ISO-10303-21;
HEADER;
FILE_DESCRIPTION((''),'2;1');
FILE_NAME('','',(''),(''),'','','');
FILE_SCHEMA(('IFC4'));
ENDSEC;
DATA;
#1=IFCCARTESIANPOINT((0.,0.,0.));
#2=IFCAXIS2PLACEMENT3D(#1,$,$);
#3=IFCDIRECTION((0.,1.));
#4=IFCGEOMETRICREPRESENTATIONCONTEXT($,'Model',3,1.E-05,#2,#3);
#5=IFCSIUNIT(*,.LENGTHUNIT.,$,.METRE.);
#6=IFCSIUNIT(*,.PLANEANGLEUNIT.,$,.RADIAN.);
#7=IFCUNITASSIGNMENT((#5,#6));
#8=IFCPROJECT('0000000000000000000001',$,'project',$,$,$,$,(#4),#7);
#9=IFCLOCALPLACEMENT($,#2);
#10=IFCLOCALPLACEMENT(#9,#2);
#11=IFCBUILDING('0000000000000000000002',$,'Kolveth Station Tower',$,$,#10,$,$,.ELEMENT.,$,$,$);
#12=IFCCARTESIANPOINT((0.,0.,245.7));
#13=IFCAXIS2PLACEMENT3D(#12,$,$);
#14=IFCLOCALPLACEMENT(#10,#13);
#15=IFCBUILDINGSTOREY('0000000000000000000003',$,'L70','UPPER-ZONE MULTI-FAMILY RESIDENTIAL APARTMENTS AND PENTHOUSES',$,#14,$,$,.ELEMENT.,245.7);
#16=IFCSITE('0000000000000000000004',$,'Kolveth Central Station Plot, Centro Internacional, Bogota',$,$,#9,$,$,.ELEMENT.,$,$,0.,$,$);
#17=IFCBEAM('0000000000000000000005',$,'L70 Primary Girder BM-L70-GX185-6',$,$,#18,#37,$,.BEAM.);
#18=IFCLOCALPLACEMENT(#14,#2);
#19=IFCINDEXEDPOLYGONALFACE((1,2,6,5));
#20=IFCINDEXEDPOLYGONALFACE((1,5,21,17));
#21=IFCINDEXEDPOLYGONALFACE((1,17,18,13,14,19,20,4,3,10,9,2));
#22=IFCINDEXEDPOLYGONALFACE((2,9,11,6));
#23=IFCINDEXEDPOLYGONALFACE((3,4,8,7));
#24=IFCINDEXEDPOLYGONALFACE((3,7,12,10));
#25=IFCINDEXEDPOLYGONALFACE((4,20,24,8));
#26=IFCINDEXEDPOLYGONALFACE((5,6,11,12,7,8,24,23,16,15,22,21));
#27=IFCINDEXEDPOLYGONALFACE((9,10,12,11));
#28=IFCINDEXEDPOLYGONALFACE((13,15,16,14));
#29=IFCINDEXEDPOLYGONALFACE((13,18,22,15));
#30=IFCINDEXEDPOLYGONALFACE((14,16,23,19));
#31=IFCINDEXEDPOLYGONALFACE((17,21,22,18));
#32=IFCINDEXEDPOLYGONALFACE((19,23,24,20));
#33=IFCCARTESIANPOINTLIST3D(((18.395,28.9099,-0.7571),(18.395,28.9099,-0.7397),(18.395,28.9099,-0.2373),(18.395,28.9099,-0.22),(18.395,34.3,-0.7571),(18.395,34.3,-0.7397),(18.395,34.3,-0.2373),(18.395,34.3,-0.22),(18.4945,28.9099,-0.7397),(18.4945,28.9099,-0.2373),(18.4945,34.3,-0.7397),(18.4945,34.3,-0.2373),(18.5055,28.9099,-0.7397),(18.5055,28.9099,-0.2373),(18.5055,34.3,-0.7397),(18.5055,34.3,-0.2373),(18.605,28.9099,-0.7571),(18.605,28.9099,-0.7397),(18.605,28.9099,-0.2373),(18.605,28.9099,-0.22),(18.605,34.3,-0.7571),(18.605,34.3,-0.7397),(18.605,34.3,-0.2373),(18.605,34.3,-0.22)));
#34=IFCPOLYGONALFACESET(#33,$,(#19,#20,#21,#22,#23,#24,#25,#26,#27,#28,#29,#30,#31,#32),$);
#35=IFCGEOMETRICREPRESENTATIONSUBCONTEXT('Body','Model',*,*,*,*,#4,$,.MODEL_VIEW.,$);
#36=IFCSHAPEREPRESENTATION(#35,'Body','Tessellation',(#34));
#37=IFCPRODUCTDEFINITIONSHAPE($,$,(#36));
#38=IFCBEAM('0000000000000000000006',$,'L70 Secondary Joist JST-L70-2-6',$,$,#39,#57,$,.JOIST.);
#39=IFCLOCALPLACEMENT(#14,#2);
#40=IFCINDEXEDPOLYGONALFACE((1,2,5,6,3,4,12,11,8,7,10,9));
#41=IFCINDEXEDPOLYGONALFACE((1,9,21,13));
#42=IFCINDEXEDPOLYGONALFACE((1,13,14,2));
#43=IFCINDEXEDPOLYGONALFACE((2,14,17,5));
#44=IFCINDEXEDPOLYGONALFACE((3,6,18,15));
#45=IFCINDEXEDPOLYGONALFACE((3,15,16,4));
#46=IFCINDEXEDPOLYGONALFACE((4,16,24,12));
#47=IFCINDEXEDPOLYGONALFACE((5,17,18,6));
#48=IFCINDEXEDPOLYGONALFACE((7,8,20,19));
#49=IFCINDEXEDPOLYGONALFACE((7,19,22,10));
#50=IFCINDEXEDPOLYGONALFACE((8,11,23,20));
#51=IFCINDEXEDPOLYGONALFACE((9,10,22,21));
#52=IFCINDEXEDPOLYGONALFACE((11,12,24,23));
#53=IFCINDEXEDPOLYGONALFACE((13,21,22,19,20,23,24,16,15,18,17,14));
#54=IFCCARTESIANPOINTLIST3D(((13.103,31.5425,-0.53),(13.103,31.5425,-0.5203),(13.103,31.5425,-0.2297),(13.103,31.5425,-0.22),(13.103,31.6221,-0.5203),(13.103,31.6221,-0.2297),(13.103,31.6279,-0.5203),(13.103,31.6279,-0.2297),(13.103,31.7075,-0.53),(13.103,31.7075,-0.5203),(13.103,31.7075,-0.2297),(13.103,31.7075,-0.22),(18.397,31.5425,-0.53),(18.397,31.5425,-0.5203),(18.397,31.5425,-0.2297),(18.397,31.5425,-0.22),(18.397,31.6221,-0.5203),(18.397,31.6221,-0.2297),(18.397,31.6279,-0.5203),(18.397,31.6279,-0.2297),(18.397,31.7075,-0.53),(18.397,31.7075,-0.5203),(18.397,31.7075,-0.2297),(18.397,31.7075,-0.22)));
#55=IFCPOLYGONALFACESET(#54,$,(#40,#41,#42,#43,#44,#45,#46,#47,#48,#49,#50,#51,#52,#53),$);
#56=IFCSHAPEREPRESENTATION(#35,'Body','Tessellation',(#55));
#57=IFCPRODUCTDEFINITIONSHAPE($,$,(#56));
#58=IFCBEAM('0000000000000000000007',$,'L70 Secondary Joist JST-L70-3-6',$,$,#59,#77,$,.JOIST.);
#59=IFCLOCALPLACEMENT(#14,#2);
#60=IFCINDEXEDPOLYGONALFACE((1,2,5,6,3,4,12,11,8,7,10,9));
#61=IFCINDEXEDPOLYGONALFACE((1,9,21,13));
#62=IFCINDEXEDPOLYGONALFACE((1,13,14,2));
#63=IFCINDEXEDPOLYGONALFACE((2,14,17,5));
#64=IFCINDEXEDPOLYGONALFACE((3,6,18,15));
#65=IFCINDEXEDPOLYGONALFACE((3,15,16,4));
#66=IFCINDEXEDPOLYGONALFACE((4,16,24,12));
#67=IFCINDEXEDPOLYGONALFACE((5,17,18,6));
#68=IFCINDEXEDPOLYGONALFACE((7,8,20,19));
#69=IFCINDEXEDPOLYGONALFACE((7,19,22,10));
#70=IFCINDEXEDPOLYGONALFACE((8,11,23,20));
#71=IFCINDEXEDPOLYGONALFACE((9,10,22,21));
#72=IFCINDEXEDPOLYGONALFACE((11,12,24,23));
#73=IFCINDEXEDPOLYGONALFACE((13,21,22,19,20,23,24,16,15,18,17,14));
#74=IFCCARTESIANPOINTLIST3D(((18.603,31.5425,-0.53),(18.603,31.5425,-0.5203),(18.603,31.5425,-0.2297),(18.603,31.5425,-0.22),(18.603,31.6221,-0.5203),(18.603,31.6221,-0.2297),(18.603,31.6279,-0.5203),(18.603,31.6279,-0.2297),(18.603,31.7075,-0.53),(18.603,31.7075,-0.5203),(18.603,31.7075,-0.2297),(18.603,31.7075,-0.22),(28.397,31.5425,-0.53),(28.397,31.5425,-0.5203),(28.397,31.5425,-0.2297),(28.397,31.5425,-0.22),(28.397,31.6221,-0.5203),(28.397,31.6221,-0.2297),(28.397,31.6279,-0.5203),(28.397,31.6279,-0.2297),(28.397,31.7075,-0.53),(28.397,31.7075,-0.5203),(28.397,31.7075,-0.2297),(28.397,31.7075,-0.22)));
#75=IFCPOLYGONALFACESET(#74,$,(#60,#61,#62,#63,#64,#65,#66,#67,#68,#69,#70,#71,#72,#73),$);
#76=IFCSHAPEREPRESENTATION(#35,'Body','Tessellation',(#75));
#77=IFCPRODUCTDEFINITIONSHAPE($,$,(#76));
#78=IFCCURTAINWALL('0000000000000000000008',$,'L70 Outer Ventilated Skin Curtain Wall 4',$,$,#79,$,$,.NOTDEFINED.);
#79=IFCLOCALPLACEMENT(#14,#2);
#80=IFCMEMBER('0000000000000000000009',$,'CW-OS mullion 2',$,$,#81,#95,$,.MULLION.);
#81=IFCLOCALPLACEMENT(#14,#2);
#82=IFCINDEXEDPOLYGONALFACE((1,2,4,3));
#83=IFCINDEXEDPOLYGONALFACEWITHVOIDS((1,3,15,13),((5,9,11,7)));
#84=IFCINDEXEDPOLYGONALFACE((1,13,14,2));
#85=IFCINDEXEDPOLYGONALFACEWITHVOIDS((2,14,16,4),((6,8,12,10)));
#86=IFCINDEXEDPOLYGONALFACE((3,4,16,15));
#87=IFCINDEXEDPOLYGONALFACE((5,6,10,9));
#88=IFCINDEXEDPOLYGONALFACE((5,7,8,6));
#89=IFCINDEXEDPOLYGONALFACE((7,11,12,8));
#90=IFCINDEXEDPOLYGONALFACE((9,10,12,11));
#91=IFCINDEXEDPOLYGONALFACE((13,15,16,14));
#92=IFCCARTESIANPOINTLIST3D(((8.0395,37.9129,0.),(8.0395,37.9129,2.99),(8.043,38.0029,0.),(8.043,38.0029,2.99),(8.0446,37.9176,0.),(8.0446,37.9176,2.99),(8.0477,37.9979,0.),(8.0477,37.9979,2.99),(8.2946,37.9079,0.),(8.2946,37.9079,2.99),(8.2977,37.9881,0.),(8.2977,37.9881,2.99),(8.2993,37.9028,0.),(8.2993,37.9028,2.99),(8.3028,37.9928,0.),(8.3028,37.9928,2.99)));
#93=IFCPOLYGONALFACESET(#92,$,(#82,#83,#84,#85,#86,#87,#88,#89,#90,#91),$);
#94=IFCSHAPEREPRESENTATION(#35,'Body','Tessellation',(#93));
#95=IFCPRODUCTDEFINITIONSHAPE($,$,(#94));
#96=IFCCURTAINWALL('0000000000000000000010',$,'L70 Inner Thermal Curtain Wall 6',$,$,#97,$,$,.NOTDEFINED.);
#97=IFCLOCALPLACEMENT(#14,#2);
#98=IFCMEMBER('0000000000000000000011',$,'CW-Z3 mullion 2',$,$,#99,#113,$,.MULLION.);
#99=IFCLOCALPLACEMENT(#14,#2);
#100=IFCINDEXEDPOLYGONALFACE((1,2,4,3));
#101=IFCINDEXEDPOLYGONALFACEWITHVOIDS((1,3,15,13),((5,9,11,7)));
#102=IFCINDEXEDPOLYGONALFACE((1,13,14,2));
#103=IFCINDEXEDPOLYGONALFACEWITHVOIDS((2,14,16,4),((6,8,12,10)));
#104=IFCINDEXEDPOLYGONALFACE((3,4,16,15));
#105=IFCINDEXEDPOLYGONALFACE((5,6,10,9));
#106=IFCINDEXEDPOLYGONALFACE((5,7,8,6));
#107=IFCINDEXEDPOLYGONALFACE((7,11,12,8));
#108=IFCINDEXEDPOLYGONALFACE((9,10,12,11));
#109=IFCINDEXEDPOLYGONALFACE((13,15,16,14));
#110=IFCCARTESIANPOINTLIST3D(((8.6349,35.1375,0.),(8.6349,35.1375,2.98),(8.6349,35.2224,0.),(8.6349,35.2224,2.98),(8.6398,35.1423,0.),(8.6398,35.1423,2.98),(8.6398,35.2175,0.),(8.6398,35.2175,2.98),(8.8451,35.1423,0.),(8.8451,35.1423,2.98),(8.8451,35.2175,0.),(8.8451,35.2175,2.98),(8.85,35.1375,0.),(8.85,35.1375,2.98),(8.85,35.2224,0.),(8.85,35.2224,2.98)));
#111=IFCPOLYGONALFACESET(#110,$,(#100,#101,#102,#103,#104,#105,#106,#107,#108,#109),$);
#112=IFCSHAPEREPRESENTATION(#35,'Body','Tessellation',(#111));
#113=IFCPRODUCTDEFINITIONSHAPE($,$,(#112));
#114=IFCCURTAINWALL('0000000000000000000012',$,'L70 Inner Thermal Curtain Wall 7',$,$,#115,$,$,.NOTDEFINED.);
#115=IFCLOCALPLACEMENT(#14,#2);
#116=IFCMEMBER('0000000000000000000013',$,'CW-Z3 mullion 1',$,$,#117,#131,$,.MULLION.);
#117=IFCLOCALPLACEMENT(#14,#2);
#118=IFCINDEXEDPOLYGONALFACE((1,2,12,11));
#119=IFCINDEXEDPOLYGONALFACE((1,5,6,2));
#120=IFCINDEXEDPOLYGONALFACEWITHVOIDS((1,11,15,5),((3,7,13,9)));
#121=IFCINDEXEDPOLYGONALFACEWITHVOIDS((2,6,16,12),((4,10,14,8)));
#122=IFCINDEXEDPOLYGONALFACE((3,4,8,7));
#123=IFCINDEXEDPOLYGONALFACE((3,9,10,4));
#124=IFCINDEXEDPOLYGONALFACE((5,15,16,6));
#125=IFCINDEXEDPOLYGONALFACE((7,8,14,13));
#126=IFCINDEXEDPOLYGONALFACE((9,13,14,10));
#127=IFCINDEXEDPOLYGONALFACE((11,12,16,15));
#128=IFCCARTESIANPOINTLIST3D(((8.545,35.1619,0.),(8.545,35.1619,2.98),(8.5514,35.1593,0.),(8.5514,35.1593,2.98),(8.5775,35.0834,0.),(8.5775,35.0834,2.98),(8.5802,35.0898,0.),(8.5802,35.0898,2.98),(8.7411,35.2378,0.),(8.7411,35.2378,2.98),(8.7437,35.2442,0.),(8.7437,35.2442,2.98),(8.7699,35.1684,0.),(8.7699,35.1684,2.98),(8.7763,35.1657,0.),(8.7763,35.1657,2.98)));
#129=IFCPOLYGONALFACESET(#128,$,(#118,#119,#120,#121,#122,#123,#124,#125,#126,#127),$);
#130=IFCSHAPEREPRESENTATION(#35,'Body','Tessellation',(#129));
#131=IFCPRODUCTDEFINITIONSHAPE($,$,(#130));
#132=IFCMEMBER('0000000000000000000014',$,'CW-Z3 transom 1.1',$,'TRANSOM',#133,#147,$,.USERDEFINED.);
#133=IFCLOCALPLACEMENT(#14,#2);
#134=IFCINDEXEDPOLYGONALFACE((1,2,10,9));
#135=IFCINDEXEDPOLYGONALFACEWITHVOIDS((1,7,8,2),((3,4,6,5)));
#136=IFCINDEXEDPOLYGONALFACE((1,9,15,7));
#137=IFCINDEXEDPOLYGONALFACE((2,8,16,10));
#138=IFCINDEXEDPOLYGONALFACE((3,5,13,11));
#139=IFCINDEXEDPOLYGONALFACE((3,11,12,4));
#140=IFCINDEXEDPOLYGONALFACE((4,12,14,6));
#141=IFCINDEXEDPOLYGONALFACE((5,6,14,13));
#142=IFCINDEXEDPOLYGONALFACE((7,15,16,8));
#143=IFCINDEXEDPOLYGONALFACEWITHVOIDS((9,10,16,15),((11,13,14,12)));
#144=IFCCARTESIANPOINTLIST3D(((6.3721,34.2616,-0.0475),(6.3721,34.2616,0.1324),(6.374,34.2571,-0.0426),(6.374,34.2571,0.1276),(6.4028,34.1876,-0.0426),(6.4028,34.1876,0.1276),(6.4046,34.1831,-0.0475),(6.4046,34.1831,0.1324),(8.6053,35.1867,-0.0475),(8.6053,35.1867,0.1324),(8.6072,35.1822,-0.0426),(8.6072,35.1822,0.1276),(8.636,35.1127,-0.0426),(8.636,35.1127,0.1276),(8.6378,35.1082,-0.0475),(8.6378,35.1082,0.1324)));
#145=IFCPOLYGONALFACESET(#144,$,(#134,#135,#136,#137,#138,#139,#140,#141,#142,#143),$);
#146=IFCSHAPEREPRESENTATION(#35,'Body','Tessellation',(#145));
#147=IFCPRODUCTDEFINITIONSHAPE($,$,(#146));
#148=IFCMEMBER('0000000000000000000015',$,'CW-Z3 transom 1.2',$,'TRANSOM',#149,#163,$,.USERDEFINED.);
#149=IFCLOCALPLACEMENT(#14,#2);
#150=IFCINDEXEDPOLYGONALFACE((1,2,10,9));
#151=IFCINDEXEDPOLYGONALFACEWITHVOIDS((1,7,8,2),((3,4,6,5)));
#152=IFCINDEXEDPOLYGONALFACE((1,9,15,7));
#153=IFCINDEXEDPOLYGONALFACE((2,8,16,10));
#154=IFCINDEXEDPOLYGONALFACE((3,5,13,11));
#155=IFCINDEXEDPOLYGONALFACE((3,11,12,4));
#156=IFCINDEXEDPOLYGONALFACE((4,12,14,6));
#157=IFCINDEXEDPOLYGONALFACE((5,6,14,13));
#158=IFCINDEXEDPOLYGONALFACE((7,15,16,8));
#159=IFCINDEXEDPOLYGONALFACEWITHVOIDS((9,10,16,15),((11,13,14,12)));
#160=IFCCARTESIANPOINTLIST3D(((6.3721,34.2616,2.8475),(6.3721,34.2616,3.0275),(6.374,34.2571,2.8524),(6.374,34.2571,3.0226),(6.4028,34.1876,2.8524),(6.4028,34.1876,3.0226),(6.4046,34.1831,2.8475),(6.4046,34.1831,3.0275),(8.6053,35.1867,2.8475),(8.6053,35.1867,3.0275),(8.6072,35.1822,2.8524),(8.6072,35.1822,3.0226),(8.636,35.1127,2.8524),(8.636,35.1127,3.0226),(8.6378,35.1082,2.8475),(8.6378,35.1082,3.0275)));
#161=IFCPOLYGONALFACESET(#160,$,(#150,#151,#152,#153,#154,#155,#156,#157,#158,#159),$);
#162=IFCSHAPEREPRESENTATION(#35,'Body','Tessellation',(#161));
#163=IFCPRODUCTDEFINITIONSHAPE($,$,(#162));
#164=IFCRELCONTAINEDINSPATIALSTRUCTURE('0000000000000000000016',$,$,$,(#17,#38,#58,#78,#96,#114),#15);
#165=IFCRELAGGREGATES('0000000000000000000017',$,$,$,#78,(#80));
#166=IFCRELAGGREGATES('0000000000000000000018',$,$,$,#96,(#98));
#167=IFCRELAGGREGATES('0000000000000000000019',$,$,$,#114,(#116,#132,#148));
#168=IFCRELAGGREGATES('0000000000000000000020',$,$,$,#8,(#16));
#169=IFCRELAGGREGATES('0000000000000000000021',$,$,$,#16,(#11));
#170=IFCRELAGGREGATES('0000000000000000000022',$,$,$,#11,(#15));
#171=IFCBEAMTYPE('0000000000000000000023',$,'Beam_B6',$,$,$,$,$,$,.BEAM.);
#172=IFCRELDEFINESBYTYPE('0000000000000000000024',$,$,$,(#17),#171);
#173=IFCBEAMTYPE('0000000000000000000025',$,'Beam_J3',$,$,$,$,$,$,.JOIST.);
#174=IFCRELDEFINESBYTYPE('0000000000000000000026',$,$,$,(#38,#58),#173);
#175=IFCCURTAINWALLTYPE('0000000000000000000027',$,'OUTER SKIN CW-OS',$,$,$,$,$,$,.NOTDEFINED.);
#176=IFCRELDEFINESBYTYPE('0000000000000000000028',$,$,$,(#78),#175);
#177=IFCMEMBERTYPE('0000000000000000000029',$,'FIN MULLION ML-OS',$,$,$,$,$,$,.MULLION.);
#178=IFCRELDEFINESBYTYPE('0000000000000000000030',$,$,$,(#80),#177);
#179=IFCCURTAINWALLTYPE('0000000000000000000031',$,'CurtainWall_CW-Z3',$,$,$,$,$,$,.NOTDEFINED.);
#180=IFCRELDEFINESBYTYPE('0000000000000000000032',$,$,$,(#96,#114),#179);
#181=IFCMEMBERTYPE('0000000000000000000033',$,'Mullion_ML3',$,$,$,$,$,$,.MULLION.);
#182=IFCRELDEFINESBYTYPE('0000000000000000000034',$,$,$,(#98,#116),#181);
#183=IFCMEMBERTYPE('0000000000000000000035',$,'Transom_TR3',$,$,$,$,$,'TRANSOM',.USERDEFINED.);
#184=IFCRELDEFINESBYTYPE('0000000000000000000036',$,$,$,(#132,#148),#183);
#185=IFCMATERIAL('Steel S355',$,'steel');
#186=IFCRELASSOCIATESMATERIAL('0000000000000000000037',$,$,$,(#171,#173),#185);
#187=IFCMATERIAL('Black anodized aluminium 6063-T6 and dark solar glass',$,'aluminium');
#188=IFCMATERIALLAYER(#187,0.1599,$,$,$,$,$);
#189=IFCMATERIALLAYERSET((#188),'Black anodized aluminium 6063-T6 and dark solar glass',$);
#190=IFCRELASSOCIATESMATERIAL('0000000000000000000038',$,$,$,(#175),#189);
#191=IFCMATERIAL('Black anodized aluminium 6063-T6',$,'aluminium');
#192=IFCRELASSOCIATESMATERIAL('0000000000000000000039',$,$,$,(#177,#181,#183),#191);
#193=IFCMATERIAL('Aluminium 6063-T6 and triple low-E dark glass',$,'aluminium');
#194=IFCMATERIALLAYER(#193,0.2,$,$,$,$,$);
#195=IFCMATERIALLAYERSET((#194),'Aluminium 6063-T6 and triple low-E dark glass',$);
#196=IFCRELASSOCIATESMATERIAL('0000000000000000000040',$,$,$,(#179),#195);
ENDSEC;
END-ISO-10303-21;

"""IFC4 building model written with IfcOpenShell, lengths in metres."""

from ifc_helpers import new_model, si_unit, direction, frame, origin, origin_2d, place, context, subcontext, project, spatial, hollow_rectangle, i_section, extrude, source, transform, mapped, material, layer, layer_set, material_profile, profile_set, type_object, element, aggregate, save


model = new_model("IFC4")

# Units and contexts
model_context = context("Model", 3, precision=1e-05, world=origin(), true_north=direction((0.0, 1.0)))
body_context = subcontext(model_context, "Body", "Model", "MODEL_VIEW")
ifc_project = project(units=[si_unit("LENGTHUNIT", "METRE"), si_unit("PLANEANGLEUNIT", "RADIAN")], contexts=[model_context])

# Site, building, storey
site_placement = place(None, origin())
site = spatial("IfcSite", under=ifc_project, at=site_placement, Name="Kolveth Central Station Plot, Centro Internacional, Bogota", CompositionType="ELEMENT", RefElevation=0.0)
building_placement = place(site_placement, origin())
building = spatial("IfcBuilding", under=site, at=building_placement, Name="Kolveth Station Tower", CompositionType="ELEMENT")
storey_placement = place(building_placement, frame((0.0, 0.0, 245.7)))
storey = spatial("IfcBuildingStorey", under=building, at=storey_placement, Name="L70", Description="UPPER-ZONE MULTI-FAMILY RESIDENTIAL APARTMENTS AND PENTHOUSES", CompositionType="ELEMENT", Elevation=245.7)

# Shared definitions
ifc_material_1 = material(Name="Steel S355", Category="steel")

# Beams
ifc_material_profile_1 = material_profile(ifc_material_1, i_section(OverallWidth=0.21, OverallDepth=0.5371, WebThickness=0.011, FlangeThickness=0.0173, at=origin_2d()), Name="W530x101")
ifc_profile_set_1 = profile_set([ifc_material_profile_1], Name="Steel S355")
beam_type_1 = type_object("IfcBeamType", Name="Beam_B6", PredefinedType="BEAM", material=ifc_profile_set_1)
shared_shape_1 = source(origin(), body_context, "Body", "SweptSolid", [
    extrude(i_section(OverallWidth=0.21, OverallDepth=0.5371, WebThickness=0.011, FlangeThickness=0.0173, at=origin_2d()), origin(), (0.0, 0.0, 1.0), 5.3901),
])
beam_1_placement = place(storey_placement, frame((18.5, 28.9099, -0.4885), z_axis=(0.0, 1.0, 0.0), x_axis=(-1.0, 0.0, 0.0)))
element("IfcBeam", 1, at=beam_1_placement, inside=storey, type_object=beam_type_1, Name="L70 Primary Girder BM-L70-GX185-6", PredefinedType="BEAM", context=body_context, shape_type="MappedRepresentation", body=[
    mapped(shared_shape_1, transform((0.0, 0.0, 0.0), x_axis=(1.0, 0.0, 0.0), y_axis=(0.0, 1.0, 0.0), z_axis=(0.0, 0.0, 1.0), scale=1.0)),
])
ifc_material_profile_2 = material_profile(ifc_material_1, i_section(OverallWidth=0.165, OverallDepth=0.3101, WebThickness=0.0059, FlangeThickness=0.0098, at=origin_2d()), Name="W310x39")
ifc_profile_set_2 = profile_set([ifc_material_profile_2], Name="Steel S355")
beam_type_2 = type_object("IfcBeamType", Name="Beam_J3", PredefinedType="JOIST", material=ifc_profile_set_2)
shared_shape_2 = source(origin(), body_context, "Body", "SweptSolid", [
    extrude(i_section(OverallWidth=0.165, OverallDepth=0.3101, WebThickness=0.0059, FlangeThickness=0.0098, at=origin_2d()), origin(), (0.0, 0.0, 1.0), 5.2939),
])
beam_2_placement = place(storey_placement, frame((13.103, 31.625, -0.375), z_axis=(1.0, 0.0, 0.0), x_axis=(0.0, 1.0, 0.0)))
element("IfcBeam", 2, at=beam_2_placement, inside=storey, type_object=beam_type_2, Name="L70 Secondary Joist JST-L70-2-6", PredefinedType="JOIST", context=body_context, shape_type="MappedRepresentation", body=[
    mapped(shared_shape_2, transform((0.0, 0.0, 0.0), x_axis=(1.0, 0.0, 0.0), y_axis=(0.0, 1.0, 0.0), z_axis=(0.0, 0.0, 1.0), scale=1.0)),
])
shared_shape_3 = source(origin(), body_context, "Body", "SweptSolid", [
    extrude(i_section(OverallWidth=0.165, OverallDepth=0.3101, WebThickness=0.0059, FlangeThickness=0.0098, at=origin_2d()), origin(), (0.0, 0.0, 1.0), 9.7939),
])
beam_3_placement = place(storey_placement, frame((18.603, 31.625, -0.375), z_axis=(1.0, 0.0, 0.0), x_axis=(0.0, 1.0, 0.0)))
element("IfcBeam", 3, at=beam_3_placement, inside=storey, type_object=beam_type_2, Name="L70 Secondary Joist JST-L70-3-6", PredefinedType="JOIST", context=body_context, shape_type="MappedRepresentation", body=[
    mapped(shared_shape_3, transform((0.0, 0.0, 0.0), x_axis=(1.0, 0.0, 0.0), y_axis=(0.0, 1.0, 0.0), z_axis=(0.0, 0.0, 1.0), scale=1.0)),
])

# Curtain walls, members
ifc_material_2 = material(Name="Black anodized aluminium 6063-T6 and dark solar glass", Category="aluminium")
ifc_layer_1 = layer(ifc_material_2, 0.1599)
ifc_layer_set_1 = layer_set([ifc_layer_1], Name="Black anodized aluminium 6063-T6 and dark solar glass")
curtain_wall_type_1 = type_object("IfcCurtainWallType", Name="OUTER SKIN CW-OS", PredefinedType="NOTDEFINED", material=ifc_layer_set_1)
curtain_wall_1_placement = place(storey_placement, origin())
curtain_wall_1 = element("IfcCurtainWall", 4, at=curtain_wall_1_placement, inside=storey, type_object=curtain_wall_type_1, Name="L70 Outer Ventilated Skin Curtain Wall 4", PredefinedType="NOTDEFINED")
ifc_material_3 = material(Name="Black anodized aluminium 6063-T6", Category="aluminium")
ifc_material_profile_3 = material_profile(ifc_material_3, hollow_rectangle(XDim=0.0901, YDim=0.26, WallThickness=0.0049, at=origin_2d()), Name="ALU-90x260x5")
ifc_profile_set_3 = profile_set([ifc_material_profile_3], Name="Black anodized aluminium 6063-T6")
member_type_1 = type_object("IfcMemberType", Name="FIN MULLION ML-OS", PredefinedType="MULLION", material=ifc_profile_set_3)
shared_shape_4 = source(origin(), body_context, "Body", "SweptSolid", [
    extrude(hollow_rectangle(XDim=0.0901, YDim=0.26, WallThickness=0.0049, at=origin_2d()), origin(), (0.0, 0.0, 1.0), 2.99),
])
member_1_placement = place(storey_placement, frame((8.1711, 37.9529, 0.0), z_axis=(0.0, 0.0, 1.0), x_axis=(-0.038861, -0.999245, 0.0)))
member_1 = element("IfcMember", 5, at=member_1_placement, type_object=member_type_1, Name="CW-OS mullion 2", PredefinedType="MULLION", context=body_context, shape_type="MappedRepresentation", body=[
    mapped(shared_shape_4, transform((0.0, 0.0, 0.0), x_axis=(1.0, 0.0, 0.0), y_axis=(0.0, 1.0, 0.0), z_axis=(0.0, 0.0, 1.0), scale=1.0)),
])
aggregate(curtain_wall_1, [member_1])
ifc_material_4 = material(Name="Aluminium 6063-T6 and triple low-E dark glass", Category="aluminium")
ifc_layer_2 = layer(ifc_material_4, 0.2)
ifc_layer_set_2 = layer_set([ifc_layer_2], Name="Aluminium 6063-T6 and triple low-E dark glass")
curtain_wall_type_2 = type_object("IfcCurtainWallType", Name="CurtainWall_CW-Z3", PredefinedType="NOTDEFINED", material=ifc_layer_set_2)
curtain_wall_2_placement = place(storey_placement, origin())
curtain_wall_2 = element("IfcCurtainWall", 6, at=curtain_wall_2_placement, inside=storey, type_object=curtain_wall_type_2, Name="L70 Inner Thermal Curtain Wall 6", PredefinedType="NOTDEFINED")
ifc_material_profile_4 = material_profile(ifc_material_3, hollow_rectangle(XDim=0.085, YDim=0.2151, WallThickness=0.0049, at=origin_2d()), Name="ALU-85x215x5")
ifc_profile_set_4 = profile_set([ifc_material_profile_4], Name="Black anodized aluminium 6063-T6")
member_type_2 = type_object("IfcMemberType", Name="Mullion_ML3", PredefinedType="MULLION", material=ifc_profile_set_4)
shared_shape_5 = source(origin(), body_context, "Body", "SweptSolid", [
    extrude(hollow_rectangle(XDim=0.085, YDim=0.2151, WallThickness=0.0049, at=origin_2d()), origin(), (0.0, 0.0, 1.0), 2.98),
])
member_2_placement = place(storey_placement, frame((8.7424, 35.1799, 0.0), z_axis=(0.0, 0.0, 1.0), x_axis=(0.0, -1.0, 0.0)))
member_2 = element("IfcMember", 7, at=member_2_placement, type_object=member_type_2, Name="CW-Z3 mullion 2", PredefinedType="MULLION", context=body_context, shape_type="MappedRepresentation", body=[
    mapped(shared_shape_5, transform((0.0, 0.0, 0.0), x_axis=(1.0, 0.0, 0.0), y_axis=(0.0, 1.0, 0.0), z_axis=(0.0, 0.0, 1.0), scale=1.0)),
])
aggregate(curtain_wall_2, [member_2])

# Curtain wall, members
curtain_wall_3_placement = place(storey_placement, origin())
curtain_wall_3 = element("IfcCurtainWall", 8, at=curtain_wall_3_placement, inside=storey, type_object=curtain_wall_type_2, Name="L70 Inner Thermal Curtain Wall 7", PredefinedType="NOTDEFINED")
member_3_placement = place(storey_placement, frame((8.6606, 35.1638, 0.0), z_axis=(0.0, 0.0, 1.0), x_axis=(0.382693, -0.923875, 0.0)))
member_3 = element("IfcMember", 9, at=member_3_placement, type_object=member_type_2, Name="CW-Z3 mullion 1", PredefinedType="MULLION", context=body_context, shape_type="MappedRepresentation", body=[
    mapped(shared_shape_5, transform((0.0, 0.0, 0.0), x_axis=(1.0, 0.0, 0.0), y_axis=(0.0, 1.0, 0.0), z_axis=(0.0, 0.0, 1.0), scale=1.0)),
])
ifc_material_profile_5 = material_profile(ifc_material_3, hollow_rectangle(XDim=0.085, YDim=0.1799, WallThickness=0.0049, at=origin_2d()), Name="ALU-85x180x5")
ifc_profile_set_5 = profile_set([ifc_material_profile_5], Name="Black anodized aluminium 6063-T6")
member_type_3 = type_object("IfcMemberType", Name="Transom_TR3", ElementType="TRANSOM", PredefinedType="USERDEFINED", material=ifc_profile_set_5)
shared_shape_6 = source(origin(), body_context, "Body", "SweptSolid", [
    extrude(hollow_rectangle(XDim=0.085, YDim=0.1799, WallThickness=0.0049, at=origin_2d()), origin(), (0.0, 0.0, 1.0), 2.4172),
])
member_4_placement = place(storey_placement, frame((8.6216, 35.1475, 0.0425), z_axis=(-0.923873, -0.3827, 0.0), x_axis=(0.3827, -0.923873, 0.0)))
member_4 = element("IfcMember", 10, at=member_4_placement, type_object=member_type_3, Name="CW-Z3 transom 1.1", ObjectType="TRANSOM", PredefinedType="USERDEFINED", context=body_context, shape_type="MappedRepresentation", body=[
    mapped(shared_shape_6, transform((0.0, 0.0, 0.0), x_axis=(1.0, 0.0, 0.0), y_axis=(0.0, 1.0, 0.0), z_axis=(0.0, 0.0, 1.0), scale=1.0)),
])
member_5_placement = place(storey_placement, frame((8.6216, 35.1475, 2.9375), z_axis=(-0.923873, -0.3827, 0.0), x_axis=(0.3827, -0.923873, 0.0)))
member_5 = element("IfcMember", 11, at=member_5_placement, type_object=member_type_3, Name="CW-Z3 transom 1.2", ObjectType="TRANSOM", PredefinedType="USERDEFINED", context=body_context, shape_type="MappedRepresentation", body=[
    mapped(shared_shape_6, transform((0.0, 0.0, 0.0), x_axis=(1.0, 0.0, 0.0), y_axis=(0.0, 1.0, 0.0), z_axis=(0.0, 0.0, 1.0), scale=1.0)),
])
aggregate(curtain_wall_3, [member_3, member_4, member_5])

save(model, "model.ifc")
